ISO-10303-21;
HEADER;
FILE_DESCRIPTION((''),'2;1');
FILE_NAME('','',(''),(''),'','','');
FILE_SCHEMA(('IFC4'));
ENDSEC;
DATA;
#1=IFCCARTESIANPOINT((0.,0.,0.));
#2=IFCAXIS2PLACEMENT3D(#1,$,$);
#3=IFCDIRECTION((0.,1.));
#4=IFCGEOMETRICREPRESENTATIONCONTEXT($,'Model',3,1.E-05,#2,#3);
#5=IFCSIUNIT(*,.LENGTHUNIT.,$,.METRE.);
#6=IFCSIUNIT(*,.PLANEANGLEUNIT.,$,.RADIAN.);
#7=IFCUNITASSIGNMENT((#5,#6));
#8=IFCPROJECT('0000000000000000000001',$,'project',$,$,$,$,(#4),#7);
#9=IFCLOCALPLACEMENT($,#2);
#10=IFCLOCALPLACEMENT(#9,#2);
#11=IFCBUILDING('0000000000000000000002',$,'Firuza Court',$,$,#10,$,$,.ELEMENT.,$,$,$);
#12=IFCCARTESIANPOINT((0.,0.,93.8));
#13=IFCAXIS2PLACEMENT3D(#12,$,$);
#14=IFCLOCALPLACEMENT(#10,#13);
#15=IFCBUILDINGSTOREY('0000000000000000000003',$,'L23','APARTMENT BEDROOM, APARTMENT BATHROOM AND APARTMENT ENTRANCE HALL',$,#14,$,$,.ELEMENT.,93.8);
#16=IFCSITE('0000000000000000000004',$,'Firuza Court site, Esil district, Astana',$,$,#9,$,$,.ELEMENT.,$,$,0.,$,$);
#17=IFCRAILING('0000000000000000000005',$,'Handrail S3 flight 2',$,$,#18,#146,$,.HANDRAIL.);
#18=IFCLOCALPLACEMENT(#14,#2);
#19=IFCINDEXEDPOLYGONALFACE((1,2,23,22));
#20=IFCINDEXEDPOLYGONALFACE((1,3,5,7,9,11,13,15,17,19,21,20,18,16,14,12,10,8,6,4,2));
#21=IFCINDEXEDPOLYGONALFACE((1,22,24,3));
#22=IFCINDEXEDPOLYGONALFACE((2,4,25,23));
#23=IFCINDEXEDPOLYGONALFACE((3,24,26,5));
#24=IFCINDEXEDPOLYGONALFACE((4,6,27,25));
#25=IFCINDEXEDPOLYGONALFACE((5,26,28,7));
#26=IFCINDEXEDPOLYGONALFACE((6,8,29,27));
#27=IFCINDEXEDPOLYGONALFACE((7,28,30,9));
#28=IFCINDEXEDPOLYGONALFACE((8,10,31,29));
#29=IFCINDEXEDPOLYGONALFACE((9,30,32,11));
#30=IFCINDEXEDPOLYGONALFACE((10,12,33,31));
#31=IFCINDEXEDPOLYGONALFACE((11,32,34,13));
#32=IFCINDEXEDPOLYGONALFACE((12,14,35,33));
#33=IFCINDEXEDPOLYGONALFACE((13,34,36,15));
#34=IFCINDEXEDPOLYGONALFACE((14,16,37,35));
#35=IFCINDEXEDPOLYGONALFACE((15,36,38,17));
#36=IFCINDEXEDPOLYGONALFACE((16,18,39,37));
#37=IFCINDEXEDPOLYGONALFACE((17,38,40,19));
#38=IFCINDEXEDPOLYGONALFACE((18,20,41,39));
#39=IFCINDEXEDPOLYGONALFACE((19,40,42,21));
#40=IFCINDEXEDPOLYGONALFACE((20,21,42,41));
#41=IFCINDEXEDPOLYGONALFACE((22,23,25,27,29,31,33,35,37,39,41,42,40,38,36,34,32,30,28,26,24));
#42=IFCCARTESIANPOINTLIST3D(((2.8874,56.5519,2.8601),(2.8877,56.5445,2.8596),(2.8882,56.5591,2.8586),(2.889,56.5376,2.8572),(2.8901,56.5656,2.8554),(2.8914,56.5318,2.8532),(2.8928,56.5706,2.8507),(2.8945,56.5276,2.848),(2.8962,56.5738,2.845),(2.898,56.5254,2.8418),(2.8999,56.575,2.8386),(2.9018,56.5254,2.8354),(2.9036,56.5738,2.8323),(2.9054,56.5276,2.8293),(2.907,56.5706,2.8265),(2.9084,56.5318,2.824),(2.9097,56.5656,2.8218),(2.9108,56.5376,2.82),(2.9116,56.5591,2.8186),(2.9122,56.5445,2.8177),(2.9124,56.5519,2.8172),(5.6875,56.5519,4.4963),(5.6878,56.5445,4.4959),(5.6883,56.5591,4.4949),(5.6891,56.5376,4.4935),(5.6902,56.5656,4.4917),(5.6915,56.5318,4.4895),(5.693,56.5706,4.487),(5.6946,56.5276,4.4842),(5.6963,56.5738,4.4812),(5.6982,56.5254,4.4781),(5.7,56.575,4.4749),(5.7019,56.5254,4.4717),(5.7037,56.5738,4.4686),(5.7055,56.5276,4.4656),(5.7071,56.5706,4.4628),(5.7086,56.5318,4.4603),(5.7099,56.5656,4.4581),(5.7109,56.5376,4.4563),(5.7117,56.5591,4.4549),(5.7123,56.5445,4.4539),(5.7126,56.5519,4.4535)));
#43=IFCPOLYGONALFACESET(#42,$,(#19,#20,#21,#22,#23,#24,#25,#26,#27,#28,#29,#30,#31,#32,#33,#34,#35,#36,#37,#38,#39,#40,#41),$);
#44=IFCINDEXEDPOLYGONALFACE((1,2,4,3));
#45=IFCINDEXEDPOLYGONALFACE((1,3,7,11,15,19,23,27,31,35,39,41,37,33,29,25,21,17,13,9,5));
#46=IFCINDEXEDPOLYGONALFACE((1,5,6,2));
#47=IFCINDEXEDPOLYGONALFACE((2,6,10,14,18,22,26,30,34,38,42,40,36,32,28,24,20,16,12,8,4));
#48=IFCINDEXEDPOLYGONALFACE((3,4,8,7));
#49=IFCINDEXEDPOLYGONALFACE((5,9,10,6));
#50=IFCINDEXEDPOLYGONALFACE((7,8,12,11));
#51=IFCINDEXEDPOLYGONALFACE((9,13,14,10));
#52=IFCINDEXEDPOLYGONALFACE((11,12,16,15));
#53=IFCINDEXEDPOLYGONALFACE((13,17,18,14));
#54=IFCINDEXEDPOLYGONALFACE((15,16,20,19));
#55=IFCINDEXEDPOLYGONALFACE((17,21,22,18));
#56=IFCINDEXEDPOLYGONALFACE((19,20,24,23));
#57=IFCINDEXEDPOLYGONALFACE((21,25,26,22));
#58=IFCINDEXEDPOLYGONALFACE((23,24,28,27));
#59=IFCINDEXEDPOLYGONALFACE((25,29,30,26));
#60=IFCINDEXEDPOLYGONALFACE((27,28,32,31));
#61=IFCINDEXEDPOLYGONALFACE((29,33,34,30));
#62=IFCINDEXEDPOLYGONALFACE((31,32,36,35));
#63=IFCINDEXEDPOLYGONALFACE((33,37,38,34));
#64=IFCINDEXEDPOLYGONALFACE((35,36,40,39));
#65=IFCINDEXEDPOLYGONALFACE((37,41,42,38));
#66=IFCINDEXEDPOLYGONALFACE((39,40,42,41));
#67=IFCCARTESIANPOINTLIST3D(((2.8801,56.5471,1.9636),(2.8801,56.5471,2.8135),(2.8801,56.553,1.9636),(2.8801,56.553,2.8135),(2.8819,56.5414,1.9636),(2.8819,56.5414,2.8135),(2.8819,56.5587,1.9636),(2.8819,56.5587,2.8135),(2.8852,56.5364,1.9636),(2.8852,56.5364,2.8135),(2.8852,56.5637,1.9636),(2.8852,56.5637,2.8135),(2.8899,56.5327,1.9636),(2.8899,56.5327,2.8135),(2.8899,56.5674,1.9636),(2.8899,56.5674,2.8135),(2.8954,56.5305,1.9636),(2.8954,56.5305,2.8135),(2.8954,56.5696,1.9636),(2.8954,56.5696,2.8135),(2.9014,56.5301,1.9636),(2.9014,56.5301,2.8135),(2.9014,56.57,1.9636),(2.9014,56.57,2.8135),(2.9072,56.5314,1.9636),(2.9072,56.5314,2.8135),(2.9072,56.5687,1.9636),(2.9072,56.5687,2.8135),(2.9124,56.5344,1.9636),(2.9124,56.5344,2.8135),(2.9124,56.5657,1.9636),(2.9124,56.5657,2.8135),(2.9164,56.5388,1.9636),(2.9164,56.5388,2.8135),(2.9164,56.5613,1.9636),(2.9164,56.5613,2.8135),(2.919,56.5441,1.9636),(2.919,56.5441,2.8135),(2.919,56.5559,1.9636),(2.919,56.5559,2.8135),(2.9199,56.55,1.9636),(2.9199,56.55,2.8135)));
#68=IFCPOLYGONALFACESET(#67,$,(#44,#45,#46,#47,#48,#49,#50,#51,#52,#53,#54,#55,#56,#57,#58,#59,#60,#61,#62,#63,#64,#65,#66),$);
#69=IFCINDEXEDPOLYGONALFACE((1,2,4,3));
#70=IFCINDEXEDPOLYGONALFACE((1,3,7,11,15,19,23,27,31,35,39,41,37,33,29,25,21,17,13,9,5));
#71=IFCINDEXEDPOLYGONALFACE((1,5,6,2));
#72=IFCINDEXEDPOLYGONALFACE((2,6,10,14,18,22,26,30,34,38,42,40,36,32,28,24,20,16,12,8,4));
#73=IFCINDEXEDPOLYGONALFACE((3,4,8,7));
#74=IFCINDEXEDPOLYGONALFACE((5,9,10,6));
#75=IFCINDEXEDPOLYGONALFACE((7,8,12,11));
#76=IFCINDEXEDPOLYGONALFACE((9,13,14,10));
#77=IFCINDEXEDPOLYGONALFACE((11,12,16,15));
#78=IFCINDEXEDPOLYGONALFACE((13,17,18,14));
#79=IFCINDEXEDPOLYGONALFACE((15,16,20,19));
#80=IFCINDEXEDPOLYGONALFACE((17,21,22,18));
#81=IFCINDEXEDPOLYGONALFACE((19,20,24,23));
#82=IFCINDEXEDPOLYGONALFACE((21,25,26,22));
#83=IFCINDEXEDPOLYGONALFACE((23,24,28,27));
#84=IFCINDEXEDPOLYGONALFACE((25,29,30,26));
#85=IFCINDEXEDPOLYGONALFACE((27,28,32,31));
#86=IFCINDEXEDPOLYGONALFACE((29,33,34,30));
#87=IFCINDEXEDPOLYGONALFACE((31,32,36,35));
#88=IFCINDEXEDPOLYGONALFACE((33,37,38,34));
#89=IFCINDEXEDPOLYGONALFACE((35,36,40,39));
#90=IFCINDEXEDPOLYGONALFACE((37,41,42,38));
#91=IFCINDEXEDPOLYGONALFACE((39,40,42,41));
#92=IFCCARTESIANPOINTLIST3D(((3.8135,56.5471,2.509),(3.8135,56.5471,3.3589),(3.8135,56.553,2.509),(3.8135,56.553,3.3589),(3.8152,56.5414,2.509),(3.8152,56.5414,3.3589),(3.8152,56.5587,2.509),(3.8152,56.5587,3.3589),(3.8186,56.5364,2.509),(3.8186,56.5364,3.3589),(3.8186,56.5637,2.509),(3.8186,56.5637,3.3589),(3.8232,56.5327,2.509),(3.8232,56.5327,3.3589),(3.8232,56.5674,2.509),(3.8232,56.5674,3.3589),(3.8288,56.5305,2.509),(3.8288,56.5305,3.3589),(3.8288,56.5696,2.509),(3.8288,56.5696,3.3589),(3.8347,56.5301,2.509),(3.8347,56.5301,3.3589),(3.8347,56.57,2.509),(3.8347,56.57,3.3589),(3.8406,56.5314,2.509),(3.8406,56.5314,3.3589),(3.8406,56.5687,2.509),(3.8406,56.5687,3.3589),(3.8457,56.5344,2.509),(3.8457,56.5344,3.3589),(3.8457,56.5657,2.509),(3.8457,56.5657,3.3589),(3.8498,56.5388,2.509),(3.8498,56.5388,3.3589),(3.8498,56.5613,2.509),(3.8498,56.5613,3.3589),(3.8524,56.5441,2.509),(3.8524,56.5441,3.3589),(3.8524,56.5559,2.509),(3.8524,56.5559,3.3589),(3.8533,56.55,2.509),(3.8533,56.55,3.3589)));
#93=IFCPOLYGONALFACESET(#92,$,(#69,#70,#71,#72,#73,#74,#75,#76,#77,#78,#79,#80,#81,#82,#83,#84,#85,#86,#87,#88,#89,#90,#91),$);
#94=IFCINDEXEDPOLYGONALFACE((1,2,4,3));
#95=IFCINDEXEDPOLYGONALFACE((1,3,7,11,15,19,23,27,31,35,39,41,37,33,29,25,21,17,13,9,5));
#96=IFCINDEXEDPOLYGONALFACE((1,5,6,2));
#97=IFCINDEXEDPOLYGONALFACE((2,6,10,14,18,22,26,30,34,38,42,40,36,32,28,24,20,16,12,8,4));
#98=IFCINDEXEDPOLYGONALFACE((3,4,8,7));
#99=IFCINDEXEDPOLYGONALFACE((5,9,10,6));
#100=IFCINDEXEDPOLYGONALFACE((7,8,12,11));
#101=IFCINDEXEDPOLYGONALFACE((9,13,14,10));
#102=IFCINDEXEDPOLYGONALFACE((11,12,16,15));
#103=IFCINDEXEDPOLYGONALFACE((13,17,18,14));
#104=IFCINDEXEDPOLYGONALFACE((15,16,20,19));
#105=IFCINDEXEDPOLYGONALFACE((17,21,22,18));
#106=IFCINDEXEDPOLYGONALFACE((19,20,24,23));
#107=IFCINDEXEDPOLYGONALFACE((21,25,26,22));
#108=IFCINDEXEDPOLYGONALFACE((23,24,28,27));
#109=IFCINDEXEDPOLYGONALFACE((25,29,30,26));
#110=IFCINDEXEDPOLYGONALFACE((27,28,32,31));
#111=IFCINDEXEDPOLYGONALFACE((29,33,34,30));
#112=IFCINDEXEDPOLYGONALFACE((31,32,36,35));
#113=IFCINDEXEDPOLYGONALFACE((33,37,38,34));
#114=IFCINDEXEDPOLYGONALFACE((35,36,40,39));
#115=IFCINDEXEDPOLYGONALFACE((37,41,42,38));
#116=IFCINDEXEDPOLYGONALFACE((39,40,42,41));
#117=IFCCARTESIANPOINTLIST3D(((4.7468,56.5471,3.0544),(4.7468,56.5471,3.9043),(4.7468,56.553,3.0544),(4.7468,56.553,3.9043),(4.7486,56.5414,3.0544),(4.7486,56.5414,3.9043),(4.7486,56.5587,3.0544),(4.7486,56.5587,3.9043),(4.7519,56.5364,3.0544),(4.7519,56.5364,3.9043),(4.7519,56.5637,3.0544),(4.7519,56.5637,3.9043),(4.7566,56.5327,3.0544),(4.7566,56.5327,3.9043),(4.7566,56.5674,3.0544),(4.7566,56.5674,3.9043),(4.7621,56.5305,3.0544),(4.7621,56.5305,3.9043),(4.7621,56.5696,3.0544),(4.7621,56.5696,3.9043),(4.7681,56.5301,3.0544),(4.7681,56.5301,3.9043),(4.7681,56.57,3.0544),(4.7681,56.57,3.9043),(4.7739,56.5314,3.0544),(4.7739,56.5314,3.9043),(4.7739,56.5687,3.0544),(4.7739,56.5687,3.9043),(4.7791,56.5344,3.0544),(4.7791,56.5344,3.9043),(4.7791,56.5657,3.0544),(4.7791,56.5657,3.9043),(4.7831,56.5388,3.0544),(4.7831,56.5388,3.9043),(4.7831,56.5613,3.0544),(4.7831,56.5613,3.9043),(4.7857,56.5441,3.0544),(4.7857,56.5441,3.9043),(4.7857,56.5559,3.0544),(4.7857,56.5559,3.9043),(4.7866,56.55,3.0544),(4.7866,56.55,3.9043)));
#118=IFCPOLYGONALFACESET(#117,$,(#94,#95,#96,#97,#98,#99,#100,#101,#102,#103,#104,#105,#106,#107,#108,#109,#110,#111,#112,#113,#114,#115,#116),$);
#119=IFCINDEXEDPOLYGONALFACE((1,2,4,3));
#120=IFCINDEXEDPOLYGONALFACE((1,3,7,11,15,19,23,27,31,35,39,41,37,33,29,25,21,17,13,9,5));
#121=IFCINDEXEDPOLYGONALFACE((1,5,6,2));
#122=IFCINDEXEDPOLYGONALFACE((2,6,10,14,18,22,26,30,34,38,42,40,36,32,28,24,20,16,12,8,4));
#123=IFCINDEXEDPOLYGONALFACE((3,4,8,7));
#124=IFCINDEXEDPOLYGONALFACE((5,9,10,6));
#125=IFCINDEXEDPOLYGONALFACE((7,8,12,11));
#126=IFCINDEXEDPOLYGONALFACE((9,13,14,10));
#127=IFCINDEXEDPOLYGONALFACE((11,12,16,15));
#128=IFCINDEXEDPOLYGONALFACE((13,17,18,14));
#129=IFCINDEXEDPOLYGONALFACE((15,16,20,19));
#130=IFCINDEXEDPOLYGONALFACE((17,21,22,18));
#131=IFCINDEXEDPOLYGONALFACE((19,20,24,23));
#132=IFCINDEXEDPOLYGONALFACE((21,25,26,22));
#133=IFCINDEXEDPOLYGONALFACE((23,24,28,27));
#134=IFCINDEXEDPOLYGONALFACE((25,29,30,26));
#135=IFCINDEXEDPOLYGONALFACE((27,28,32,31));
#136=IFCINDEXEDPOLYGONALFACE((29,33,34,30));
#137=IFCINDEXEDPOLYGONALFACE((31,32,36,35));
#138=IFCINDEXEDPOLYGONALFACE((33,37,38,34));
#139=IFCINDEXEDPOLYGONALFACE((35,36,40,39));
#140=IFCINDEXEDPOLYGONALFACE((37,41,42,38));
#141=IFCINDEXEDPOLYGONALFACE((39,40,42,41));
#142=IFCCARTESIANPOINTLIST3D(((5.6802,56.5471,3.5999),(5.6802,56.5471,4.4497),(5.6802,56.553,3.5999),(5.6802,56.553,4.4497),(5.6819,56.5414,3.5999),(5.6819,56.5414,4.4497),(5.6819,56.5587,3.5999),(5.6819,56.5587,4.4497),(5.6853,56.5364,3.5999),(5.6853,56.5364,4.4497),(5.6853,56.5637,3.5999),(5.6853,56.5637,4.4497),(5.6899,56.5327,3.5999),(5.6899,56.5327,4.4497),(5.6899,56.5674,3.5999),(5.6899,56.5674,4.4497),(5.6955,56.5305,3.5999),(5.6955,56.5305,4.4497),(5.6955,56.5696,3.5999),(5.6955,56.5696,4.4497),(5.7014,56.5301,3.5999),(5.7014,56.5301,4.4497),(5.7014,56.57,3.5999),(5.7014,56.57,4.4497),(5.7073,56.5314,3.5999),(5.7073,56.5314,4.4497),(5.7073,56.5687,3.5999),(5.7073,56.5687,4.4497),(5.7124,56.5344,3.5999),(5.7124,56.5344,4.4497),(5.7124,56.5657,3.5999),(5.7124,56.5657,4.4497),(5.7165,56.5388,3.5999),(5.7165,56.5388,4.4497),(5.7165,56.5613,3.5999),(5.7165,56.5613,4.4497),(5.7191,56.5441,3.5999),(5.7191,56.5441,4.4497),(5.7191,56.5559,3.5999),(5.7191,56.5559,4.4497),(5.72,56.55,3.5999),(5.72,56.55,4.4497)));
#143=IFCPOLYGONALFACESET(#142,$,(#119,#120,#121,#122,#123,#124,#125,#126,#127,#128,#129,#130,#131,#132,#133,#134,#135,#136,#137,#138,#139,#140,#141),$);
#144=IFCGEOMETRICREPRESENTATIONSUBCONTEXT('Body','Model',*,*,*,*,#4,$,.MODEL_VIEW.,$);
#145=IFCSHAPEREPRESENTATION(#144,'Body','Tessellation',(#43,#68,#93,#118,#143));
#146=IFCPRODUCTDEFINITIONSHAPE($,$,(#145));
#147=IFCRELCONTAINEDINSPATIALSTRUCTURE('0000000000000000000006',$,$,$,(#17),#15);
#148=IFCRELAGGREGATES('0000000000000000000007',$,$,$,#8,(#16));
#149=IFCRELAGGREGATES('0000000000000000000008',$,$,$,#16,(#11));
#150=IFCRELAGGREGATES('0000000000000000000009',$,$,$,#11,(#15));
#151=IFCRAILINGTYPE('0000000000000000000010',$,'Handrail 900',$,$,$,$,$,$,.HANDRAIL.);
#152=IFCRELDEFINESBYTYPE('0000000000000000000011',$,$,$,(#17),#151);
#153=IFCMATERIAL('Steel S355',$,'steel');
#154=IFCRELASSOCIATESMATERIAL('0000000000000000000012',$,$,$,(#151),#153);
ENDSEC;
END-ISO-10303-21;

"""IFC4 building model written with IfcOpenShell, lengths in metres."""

from ifc_helpers import new_model, si_unit, direction, frame, origin, origin_2d, place, context, subcontext, project, spatial, circle, extrude, material, type_object, element, save


model = new_model("IFC4")

# Units and contexts
model_context = context("Model", 3, precision=1e-05, world=origin(), true_north=direction((0.0, 1.0)))
body_context = subcontext(model_context, "Body", "Model", "MODEL_VIEW")
ifc_project = project(units=[si_unit("LENGTHUNIT", "METRE"), si_unit("PLANEANGLEUNIT", "RADIAN")], contexts=[model_context])

# Site, building, storey
site_placement = place(None, origin())
site = spatial("IfcSite", under=ifc_project, at=site_placement, Name="Firuza Court site, Esil district, Astana", CompositionType="ELEMENT", RefElevation=0.0)
building_placement = place(site_placement, origin())
building = spatial("IfcBuilding", under=site, at=building_placement, Name="Firuza Court", CompositionType="ELEMENT")
storey_placement = place(building_placement, frame((0.0, 0.0, 93.8)))
storey = spatial("IfcBuildingStorey", under=building, at=storey_placement, Name="L23", Description="APARTMENT BEDROOM, APARTMENT BATHROOM AND APARTMENT ENTRANCE HALL", CompositionType="ELEMENT", Elevation=93.8)

# Railing
ifc_material_1 = material(Name="Steel S355", Category="steel")
railing_type_1 = type_object("IfcRailingType", Name="Handrail 900", PredefinedType="HANDRAIL", material=ifc_material_1)
railing_1_placement = place(storey_placement, frame((2.8999, 56.55, 1.9636)))
element("IfcRailing", 1, at=railing_1_placement, inside=storey, type_object=railing_type_1, Name="Handrail S3 flight 2", PredefinedType="HANDRAIL", context=body_context, shape_type="SweptSolid", body=[
    extrude(circle(Radius=0.0249, at=origin_2d()), frame((0.0, 0.0, 0.875), z_axis=(0.863394, 0.0, 0.504531), x_axis=(0.0, 1.0, 0.0)), (0.0, 0.0, 1.0), 3.2432),
    extrude(circle(Radius=0.02, at=origin_2d()), origin(), (0.0, 0.0, 1.0), 0.8499),
    extrude(circle(Radius=0.02, at=origin_2d()), frame((0.9333, 0.0, 0.5454)), (0.0, 0.0, 1.0), 0.8499),
    extrude(circle(Radius=0.02, at=origin_2d()), frame((1.8667, 0.0, 1.0908)), (0.0, 0.0, 1.0), 0.8499),
    extrude(circle(Radius=0.02, at=origin_2d()), frame((2.8, 0.0, 1.6362)), (0.0, 0.0, 1.0), 0.8499),
])

save(model, "model.ifc")
